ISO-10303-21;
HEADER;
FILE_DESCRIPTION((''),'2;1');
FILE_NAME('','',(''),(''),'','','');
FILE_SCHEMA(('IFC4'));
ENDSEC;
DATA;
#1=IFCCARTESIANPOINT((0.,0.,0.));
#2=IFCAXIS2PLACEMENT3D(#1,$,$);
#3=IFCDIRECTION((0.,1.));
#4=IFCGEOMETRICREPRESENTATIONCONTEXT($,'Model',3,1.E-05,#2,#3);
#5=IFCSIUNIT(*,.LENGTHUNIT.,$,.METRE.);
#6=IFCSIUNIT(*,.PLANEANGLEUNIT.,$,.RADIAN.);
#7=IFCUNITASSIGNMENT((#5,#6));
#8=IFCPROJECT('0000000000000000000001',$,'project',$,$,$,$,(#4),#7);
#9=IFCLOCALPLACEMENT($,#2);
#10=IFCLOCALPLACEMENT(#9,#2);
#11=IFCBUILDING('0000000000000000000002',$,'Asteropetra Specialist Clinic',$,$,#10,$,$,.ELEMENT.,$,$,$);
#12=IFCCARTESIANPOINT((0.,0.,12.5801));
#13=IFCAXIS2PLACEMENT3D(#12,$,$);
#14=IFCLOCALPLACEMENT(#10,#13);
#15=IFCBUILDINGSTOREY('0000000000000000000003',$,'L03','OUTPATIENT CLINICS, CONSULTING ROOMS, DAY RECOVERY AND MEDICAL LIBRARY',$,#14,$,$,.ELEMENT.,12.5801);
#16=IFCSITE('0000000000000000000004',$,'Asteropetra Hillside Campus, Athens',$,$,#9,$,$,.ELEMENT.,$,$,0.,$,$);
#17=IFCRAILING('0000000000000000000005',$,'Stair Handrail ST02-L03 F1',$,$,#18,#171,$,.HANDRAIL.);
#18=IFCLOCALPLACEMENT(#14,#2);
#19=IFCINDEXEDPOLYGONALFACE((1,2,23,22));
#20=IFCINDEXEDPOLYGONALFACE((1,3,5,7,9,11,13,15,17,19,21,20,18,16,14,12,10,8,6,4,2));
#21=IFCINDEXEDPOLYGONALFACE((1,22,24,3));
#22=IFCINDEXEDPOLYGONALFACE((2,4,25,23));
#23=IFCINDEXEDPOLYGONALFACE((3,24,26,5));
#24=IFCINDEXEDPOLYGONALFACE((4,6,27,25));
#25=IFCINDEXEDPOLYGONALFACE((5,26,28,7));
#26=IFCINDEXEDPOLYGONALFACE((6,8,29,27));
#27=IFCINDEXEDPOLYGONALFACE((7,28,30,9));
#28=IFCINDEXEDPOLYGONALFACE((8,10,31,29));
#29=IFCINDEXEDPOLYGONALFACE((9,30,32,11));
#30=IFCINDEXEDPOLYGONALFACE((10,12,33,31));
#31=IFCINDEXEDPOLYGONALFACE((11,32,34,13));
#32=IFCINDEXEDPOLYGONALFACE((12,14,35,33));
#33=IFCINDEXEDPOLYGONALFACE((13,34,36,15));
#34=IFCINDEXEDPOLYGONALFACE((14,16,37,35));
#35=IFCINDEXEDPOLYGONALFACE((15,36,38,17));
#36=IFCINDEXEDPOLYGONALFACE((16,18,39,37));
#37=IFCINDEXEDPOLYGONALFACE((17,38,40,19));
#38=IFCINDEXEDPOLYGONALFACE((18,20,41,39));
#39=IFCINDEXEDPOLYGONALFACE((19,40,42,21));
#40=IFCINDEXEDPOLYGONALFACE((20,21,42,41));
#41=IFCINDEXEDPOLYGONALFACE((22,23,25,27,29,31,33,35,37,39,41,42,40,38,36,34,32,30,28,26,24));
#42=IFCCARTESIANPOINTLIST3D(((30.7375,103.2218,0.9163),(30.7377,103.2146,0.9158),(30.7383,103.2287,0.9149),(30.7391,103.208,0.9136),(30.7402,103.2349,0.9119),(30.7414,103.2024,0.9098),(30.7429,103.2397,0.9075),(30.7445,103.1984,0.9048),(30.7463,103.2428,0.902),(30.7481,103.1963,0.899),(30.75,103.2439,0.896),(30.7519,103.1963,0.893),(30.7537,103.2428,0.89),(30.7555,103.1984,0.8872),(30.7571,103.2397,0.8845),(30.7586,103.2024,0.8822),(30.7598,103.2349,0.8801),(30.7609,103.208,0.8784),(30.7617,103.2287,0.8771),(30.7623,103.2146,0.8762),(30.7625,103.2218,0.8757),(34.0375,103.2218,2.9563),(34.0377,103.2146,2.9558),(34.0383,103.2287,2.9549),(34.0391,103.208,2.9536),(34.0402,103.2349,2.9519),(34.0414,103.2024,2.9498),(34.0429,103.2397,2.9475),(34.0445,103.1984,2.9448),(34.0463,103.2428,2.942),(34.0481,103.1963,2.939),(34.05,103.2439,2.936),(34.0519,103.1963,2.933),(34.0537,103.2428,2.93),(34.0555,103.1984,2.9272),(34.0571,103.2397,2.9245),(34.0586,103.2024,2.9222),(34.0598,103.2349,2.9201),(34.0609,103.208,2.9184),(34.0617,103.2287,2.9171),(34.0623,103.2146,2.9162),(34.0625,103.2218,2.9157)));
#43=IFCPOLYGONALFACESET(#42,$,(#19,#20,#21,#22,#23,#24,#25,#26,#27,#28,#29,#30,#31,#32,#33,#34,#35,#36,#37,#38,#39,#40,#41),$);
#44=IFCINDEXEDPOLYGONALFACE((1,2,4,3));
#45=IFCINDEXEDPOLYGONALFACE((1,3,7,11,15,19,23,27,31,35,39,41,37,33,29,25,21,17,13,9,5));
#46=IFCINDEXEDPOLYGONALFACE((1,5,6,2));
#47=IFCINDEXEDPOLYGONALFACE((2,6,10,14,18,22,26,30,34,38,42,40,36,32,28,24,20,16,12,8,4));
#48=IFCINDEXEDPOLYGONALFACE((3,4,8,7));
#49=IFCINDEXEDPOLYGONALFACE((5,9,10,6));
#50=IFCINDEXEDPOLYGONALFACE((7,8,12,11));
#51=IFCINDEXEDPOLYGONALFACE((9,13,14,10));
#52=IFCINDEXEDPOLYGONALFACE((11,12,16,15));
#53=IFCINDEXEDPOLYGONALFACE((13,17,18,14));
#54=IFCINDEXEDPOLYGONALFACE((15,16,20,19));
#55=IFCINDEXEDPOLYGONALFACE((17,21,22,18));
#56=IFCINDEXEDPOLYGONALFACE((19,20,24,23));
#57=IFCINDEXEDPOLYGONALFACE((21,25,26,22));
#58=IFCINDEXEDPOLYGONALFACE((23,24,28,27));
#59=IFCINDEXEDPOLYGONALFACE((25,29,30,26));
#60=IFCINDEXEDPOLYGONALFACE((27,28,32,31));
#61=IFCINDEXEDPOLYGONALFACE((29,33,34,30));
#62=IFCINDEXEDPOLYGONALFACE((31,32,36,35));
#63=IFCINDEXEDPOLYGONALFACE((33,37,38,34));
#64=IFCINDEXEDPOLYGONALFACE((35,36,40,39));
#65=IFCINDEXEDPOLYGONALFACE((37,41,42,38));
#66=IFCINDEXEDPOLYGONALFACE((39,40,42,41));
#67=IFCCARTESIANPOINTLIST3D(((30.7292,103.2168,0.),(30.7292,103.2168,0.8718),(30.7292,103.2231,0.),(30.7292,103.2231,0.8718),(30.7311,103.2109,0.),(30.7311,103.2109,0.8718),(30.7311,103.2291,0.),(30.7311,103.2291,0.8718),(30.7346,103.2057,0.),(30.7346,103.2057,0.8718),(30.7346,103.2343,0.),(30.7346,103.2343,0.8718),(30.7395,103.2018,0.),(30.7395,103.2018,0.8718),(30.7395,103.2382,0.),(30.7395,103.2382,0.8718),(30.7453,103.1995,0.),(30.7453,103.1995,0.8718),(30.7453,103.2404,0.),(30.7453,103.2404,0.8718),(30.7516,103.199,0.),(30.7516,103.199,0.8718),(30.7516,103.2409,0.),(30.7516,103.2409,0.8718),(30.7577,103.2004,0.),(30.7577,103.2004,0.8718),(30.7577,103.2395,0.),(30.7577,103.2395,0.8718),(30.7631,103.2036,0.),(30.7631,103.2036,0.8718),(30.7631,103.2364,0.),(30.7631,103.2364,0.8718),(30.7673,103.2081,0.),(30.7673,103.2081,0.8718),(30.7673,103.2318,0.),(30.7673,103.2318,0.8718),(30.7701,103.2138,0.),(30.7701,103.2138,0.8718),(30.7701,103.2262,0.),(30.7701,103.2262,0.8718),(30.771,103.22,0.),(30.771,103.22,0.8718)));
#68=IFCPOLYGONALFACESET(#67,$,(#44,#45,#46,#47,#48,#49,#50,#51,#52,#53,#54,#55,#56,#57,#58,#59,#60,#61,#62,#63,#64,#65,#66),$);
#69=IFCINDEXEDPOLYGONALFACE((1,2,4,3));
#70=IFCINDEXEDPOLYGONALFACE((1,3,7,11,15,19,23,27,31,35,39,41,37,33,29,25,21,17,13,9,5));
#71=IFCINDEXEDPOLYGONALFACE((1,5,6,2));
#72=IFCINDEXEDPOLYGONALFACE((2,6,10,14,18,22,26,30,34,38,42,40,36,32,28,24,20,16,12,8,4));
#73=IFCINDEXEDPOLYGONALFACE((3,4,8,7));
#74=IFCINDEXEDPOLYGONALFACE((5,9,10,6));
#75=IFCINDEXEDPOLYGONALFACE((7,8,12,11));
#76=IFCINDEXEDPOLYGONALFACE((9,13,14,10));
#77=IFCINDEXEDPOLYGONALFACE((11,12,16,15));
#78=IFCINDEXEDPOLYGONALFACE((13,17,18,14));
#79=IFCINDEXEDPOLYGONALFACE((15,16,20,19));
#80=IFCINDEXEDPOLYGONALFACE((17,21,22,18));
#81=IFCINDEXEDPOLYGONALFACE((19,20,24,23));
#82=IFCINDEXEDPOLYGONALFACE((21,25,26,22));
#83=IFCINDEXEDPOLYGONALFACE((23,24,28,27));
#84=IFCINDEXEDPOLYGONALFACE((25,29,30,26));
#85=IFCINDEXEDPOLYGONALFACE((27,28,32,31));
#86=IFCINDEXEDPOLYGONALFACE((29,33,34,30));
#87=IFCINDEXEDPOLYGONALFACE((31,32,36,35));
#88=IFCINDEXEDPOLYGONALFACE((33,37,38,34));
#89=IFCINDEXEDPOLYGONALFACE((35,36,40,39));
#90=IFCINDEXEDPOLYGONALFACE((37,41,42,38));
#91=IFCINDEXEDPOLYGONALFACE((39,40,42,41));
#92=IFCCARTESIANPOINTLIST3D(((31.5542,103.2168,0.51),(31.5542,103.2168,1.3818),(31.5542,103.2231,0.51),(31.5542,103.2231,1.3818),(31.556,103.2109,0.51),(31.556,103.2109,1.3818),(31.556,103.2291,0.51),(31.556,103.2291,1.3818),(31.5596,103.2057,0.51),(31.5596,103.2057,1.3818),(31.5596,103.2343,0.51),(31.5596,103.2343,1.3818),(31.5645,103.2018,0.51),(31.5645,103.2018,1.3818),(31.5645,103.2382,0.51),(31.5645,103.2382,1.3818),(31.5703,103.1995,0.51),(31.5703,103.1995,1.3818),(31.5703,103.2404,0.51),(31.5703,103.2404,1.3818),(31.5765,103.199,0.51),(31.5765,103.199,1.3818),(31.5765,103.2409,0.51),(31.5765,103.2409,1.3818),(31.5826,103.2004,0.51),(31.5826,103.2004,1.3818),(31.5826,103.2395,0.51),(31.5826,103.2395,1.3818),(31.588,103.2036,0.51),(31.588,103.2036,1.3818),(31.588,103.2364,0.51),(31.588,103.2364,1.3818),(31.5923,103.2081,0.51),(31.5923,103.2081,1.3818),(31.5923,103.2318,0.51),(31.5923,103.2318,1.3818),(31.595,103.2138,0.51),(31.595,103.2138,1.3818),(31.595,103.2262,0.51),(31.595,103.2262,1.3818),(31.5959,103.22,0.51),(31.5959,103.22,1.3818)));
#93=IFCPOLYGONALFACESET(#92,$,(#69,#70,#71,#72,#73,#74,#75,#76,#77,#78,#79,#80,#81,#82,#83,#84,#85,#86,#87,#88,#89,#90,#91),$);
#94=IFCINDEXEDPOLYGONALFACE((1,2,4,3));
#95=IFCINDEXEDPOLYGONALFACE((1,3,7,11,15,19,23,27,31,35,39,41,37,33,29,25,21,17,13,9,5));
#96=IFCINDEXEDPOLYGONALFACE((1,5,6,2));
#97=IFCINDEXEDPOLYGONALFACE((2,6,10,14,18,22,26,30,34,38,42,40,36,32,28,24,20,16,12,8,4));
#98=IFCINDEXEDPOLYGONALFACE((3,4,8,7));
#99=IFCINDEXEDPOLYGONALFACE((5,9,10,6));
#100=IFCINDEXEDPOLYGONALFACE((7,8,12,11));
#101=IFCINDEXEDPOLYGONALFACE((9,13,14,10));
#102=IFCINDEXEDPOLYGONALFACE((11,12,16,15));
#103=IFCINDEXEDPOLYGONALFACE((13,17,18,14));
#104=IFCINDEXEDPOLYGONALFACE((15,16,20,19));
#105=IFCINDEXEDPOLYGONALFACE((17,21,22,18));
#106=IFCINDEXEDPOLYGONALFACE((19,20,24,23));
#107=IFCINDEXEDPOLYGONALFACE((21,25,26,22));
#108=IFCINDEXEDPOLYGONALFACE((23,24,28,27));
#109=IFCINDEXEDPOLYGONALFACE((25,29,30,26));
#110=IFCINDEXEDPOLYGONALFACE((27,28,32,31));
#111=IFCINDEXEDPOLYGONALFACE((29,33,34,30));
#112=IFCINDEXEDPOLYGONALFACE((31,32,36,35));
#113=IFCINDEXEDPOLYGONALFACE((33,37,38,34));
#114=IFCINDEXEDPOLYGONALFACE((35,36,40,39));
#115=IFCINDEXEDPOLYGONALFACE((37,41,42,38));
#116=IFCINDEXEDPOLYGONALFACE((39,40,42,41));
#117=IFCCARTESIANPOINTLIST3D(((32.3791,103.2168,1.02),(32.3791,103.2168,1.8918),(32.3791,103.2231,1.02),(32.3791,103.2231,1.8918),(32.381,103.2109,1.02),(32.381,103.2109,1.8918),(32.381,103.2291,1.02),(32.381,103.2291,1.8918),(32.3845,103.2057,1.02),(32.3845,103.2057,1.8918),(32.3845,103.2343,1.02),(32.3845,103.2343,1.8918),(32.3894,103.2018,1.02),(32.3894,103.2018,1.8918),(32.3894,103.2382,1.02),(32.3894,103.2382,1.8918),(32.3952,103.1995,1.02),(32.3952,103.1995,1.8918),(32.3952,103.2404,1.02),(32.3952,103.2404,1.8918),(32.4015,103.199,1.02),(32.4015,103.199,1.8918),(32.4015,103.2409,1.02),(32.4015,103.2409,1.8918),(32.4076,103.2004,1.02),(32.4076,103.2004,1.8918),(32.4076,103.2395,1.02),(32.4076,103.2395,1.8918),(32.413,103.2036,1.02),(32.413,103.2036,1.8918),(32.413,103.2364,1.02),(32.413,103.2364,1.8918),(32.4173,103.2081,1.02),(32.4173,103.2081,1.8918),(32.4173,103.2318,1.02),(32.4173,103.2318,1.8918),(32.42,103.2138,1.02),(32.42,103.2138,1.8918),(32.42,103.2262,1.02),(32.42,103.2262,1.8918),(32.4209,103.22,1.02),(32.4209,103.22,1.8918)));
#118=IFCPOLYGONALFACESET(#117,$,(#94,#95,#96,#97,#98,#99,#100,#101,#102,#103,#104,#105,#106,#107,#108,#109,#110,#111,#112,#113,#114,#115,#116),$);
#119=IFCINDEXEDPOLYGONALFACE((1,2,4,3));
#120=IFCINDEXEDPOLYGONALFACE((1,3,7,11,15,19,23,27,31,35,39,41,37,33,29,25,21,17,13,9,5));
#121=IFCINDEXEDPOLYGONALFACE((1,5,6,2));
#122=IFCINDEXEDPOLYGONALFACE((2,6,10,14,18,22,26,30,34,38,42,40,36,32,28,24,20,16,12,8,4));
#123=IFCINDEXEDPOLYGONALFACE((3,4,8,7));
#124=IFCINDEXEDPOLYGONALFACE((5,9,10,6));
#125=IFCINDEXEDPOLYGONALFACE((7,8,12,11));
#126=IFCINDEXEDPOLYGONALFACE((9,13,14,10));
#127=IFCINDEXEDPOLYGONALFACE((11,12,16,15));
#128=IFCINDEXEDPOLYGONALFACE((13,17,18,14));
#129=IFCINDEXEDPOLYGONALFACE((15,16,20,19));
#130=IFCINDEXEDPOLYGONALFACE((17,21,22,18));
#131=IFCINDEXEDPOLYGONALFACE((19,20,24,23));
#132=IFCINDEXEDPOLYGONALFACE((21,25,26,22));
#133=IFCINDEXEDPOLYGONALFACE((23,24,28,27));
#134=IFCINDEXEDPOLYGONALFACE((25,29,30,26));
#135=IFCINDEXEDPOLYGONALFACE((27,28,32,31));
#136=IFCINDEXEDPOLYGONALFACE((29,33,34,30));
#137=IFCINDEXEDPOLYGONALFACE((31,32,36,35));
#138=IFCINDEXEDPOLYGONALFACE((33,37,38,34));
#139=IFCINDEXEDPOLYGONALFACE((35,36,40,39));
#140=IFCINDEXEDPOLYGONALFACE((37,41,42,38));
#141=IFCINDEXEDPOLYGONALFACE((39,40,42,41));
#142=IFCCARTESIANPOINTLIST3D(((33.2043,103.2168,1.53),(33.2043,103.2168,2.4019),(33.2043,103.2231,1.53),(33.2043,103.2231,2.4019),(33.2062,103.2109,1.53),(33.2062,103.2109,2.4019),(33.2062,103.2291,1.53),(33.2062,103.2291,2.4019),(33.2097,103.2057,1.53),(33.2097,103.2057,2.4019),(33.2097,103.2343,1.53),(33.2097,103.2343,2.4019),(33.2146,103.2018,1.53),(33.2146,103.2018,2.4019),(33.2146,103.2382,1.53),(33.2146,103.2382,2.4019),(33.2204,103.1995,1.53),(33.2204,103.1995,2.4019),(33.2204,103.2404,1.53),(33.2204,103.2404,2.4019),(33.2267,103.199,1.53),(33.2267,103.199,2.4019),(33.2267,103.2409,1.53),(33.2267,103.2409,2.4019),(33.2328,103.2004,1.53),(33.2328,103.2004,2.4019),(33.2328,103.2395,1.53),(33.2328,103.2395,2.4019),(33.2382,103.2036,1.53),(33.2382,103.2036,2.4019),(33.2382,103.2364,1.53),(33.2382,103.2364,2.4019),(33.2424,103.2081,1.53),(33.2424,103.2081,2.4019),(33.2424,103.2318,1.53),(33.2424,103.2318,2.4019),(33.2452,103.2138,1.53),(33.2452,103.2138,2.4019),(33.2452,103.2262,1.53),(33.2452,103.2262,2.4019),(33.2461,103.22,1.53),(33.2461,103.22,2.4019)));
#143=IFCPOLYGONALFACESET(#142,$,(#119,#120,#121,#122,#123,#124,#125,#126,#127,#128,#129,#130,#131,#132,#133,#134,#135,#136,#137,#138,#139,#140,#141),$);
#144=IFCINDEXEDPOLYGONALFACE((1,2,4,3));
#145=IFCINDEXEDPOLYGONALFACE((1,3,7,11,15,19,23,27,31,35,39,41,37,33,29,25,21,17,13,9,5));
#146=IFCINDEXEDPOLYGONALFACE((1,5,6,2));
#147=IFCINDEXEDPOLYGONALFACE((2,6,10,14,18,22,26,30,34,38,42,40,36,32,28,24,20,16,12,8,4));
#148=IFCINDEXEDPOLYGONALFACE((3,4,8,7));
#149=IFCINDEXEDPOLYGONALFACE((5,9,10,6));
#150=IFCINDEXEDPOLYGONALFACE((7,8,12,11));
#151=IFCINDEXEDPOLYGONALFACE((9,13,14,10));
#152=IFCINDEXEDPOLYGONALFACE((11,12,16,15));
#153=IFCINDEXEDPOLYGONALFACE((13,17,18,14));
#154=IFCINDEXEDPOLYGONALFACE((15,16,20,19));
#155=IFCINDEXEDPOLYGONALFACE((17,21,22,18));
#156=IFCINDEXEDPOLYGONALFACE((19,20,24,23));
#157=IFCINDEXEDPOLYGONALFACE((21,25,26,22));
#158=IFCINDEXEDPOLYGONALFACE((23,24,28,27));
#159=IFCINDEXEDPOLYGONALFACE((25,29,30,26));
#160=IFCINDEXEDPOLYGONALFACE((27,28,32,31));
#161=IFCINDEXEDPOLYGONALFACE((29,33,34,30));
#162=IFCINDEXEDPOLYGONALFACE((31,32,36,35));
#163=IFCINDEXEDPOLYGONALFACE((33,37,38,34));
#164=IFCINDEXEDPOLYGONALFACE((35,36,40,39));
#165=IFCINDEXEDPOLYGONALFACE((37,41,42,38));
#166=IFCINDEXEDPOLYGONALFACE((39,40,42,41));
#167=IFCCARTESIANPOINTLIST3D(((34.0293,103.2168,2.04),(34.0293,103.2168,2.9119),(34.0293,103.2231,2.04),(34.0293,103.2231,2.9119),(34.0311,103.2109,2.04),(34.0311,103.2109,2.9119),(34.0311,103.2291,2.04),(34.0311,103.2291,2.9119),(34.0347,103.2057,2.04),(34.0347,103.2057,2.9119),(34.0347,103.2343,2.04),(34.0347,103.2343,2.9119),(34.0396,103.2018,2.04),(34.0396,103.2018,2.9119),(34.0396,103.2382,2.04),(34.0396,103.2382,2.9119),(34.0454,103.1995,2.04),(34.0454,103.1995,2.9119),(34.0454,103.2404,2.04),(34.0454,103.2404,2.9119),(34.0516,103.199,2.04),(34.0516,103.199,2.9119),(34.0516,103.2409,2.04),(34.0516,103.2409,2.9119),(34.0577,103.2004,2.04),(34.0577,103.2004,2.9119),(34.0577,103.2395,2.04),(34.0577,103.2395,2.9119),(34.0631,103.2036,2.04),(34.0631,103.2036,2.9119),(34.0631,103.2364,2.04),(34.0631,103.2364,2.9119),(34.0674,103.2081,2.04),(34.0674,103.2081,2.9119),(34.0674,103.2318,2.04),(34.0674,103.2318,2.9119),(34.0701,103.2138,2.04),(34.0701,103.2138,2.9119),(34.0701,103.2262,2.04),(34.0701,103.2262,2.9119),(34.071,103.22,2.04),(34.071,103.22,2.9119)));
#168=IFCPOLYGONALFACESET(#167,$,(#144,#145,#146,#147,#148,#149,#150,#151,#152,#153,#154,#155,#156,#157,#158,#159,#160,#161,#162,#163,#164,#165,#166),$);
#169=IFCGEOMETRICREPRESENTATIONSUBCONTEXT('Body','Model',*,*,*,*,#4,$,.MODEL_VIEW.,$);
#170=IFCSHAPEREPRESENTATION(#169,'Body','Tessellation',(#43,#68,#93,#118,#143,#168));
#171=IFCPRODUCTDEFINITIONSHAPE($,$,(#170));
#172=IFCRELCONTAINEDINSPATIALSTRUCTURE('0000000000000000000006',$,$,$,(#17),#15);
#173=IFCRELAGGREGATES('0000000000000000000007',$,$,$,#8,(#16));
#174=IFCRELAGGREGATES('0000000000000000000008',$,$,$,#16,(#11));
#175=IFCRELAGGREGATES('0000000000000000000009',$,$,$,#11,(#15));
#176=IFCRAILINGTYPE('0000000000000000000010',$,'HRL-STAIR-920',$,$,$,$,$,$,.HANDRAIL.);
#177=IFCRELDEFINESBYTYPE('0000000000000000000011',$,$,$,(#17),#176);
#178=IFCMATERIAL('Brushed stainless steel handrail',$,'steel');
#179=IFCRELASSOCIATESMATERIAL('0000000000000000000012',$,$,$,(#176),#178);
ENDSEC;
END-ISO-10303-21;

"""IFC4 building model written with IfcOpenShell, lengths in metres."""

from ifc_helpers import new_model, si_unit, direction, frame, origin, origin_2d, place, context, subcontext, project, spatial, circle, extrude, material, type_object, element, save


model = new_model("IFC4")

# Units and contexts
model_context = context("Model", 3, precision=1e-05, world=origin(), true_north=direction((0.0, 1.0)))
body_context = subcontext(model_context, "Body", "Model", "MODEL_VIEW")
ifc_project = project(units=[si_unit("LENGTHUNIT", "METRE"), si_unit("PLANEANGLEUNIT", "RADIAN")], contexts=[model_context])

# Site, building, storey
site_placement = place(None, origin())
site = spatial("IfcSite", under=ifc_project, at=site_placement, Name="Asteropetra Hillside Campus, Athens", CompositionType="ELEMENT", RefElevation=0.0)
building_placement = place(site_placement, origin())
building = spatial("IfcBuilding", under=site, at=building_placement, Name="Asteropetra Specialist Clinic", CompositionType="ELEMENT")
storey_placement = place(building_placement, frame((0.0, 0.0, 12.5801)))
storey = spatial("IfcBuildingStorey", under=building, at=storey_placement, Name="L03", Description="OUTPATIENT CLINICS, CONSULTING ROOMS, DAY RECOVERY AND MEDICAL LIBRARY", CompositionType="ELEMENT", Elevation=12.5801)

# Railing
ifc_material_1 = material(Name="Brushed stainless steel handrail", Category="steel")
railing_type_1 = type_object("IfcRailingType", Name="HRL-STAIR-920", PredefinedType="HANDRAIL", material=ifc_material_1)
railing_1_placement = place(storey_placement, frame((30.75, 103.22, 0.0)))
element("IfcRailing", 1, at=railing_1_placement, inside=storey, type_object=railing_type_1, Name="Stair Handrail ST02-L03 F1", PredefinedType="HANDRAIL", context=body_context, shape_type="SweptSolid", body=[
    extrude(circle(Radius=0.0239, at=origin_2d()), frame((0.0, 0.0, 0.896), z_axis=(0.850594, 0.0, 0.525824), x_axis=(0.0, 1.0, 0.0)), (0.0, 0.0, 1.0), 3.8796),
    extrude(circle(Radius=0.021, at=origin_2d()), origin(), (0.0, 0.0, 1.0), 0.8718),
    extrude(circle(Radius=0.021, at=origin_2d()), frame((0.825, 0.0, 0.51)), (0.0, 0.0, 1.0), 0.8718),
    extrude(circle(Radius=0.021, at=origin_2d()), frame((1.6499, 0.0, 1.02)), (0.0, 0.0, 1.0), 0.8718),
    extrude(circle(Radius=0.021, at=origin_2d()), frame((2.4751, 0.0, 1.53)), (0.0, 0.0, 1.0), 0.8718),
    extrude(circle(Radius=0.021, at=origin_2d()), frame((3.3, 0.0, 2.04)), (0.0, 0.0, 1.0), 0.8718),
])

save(model, "model.ifc")
